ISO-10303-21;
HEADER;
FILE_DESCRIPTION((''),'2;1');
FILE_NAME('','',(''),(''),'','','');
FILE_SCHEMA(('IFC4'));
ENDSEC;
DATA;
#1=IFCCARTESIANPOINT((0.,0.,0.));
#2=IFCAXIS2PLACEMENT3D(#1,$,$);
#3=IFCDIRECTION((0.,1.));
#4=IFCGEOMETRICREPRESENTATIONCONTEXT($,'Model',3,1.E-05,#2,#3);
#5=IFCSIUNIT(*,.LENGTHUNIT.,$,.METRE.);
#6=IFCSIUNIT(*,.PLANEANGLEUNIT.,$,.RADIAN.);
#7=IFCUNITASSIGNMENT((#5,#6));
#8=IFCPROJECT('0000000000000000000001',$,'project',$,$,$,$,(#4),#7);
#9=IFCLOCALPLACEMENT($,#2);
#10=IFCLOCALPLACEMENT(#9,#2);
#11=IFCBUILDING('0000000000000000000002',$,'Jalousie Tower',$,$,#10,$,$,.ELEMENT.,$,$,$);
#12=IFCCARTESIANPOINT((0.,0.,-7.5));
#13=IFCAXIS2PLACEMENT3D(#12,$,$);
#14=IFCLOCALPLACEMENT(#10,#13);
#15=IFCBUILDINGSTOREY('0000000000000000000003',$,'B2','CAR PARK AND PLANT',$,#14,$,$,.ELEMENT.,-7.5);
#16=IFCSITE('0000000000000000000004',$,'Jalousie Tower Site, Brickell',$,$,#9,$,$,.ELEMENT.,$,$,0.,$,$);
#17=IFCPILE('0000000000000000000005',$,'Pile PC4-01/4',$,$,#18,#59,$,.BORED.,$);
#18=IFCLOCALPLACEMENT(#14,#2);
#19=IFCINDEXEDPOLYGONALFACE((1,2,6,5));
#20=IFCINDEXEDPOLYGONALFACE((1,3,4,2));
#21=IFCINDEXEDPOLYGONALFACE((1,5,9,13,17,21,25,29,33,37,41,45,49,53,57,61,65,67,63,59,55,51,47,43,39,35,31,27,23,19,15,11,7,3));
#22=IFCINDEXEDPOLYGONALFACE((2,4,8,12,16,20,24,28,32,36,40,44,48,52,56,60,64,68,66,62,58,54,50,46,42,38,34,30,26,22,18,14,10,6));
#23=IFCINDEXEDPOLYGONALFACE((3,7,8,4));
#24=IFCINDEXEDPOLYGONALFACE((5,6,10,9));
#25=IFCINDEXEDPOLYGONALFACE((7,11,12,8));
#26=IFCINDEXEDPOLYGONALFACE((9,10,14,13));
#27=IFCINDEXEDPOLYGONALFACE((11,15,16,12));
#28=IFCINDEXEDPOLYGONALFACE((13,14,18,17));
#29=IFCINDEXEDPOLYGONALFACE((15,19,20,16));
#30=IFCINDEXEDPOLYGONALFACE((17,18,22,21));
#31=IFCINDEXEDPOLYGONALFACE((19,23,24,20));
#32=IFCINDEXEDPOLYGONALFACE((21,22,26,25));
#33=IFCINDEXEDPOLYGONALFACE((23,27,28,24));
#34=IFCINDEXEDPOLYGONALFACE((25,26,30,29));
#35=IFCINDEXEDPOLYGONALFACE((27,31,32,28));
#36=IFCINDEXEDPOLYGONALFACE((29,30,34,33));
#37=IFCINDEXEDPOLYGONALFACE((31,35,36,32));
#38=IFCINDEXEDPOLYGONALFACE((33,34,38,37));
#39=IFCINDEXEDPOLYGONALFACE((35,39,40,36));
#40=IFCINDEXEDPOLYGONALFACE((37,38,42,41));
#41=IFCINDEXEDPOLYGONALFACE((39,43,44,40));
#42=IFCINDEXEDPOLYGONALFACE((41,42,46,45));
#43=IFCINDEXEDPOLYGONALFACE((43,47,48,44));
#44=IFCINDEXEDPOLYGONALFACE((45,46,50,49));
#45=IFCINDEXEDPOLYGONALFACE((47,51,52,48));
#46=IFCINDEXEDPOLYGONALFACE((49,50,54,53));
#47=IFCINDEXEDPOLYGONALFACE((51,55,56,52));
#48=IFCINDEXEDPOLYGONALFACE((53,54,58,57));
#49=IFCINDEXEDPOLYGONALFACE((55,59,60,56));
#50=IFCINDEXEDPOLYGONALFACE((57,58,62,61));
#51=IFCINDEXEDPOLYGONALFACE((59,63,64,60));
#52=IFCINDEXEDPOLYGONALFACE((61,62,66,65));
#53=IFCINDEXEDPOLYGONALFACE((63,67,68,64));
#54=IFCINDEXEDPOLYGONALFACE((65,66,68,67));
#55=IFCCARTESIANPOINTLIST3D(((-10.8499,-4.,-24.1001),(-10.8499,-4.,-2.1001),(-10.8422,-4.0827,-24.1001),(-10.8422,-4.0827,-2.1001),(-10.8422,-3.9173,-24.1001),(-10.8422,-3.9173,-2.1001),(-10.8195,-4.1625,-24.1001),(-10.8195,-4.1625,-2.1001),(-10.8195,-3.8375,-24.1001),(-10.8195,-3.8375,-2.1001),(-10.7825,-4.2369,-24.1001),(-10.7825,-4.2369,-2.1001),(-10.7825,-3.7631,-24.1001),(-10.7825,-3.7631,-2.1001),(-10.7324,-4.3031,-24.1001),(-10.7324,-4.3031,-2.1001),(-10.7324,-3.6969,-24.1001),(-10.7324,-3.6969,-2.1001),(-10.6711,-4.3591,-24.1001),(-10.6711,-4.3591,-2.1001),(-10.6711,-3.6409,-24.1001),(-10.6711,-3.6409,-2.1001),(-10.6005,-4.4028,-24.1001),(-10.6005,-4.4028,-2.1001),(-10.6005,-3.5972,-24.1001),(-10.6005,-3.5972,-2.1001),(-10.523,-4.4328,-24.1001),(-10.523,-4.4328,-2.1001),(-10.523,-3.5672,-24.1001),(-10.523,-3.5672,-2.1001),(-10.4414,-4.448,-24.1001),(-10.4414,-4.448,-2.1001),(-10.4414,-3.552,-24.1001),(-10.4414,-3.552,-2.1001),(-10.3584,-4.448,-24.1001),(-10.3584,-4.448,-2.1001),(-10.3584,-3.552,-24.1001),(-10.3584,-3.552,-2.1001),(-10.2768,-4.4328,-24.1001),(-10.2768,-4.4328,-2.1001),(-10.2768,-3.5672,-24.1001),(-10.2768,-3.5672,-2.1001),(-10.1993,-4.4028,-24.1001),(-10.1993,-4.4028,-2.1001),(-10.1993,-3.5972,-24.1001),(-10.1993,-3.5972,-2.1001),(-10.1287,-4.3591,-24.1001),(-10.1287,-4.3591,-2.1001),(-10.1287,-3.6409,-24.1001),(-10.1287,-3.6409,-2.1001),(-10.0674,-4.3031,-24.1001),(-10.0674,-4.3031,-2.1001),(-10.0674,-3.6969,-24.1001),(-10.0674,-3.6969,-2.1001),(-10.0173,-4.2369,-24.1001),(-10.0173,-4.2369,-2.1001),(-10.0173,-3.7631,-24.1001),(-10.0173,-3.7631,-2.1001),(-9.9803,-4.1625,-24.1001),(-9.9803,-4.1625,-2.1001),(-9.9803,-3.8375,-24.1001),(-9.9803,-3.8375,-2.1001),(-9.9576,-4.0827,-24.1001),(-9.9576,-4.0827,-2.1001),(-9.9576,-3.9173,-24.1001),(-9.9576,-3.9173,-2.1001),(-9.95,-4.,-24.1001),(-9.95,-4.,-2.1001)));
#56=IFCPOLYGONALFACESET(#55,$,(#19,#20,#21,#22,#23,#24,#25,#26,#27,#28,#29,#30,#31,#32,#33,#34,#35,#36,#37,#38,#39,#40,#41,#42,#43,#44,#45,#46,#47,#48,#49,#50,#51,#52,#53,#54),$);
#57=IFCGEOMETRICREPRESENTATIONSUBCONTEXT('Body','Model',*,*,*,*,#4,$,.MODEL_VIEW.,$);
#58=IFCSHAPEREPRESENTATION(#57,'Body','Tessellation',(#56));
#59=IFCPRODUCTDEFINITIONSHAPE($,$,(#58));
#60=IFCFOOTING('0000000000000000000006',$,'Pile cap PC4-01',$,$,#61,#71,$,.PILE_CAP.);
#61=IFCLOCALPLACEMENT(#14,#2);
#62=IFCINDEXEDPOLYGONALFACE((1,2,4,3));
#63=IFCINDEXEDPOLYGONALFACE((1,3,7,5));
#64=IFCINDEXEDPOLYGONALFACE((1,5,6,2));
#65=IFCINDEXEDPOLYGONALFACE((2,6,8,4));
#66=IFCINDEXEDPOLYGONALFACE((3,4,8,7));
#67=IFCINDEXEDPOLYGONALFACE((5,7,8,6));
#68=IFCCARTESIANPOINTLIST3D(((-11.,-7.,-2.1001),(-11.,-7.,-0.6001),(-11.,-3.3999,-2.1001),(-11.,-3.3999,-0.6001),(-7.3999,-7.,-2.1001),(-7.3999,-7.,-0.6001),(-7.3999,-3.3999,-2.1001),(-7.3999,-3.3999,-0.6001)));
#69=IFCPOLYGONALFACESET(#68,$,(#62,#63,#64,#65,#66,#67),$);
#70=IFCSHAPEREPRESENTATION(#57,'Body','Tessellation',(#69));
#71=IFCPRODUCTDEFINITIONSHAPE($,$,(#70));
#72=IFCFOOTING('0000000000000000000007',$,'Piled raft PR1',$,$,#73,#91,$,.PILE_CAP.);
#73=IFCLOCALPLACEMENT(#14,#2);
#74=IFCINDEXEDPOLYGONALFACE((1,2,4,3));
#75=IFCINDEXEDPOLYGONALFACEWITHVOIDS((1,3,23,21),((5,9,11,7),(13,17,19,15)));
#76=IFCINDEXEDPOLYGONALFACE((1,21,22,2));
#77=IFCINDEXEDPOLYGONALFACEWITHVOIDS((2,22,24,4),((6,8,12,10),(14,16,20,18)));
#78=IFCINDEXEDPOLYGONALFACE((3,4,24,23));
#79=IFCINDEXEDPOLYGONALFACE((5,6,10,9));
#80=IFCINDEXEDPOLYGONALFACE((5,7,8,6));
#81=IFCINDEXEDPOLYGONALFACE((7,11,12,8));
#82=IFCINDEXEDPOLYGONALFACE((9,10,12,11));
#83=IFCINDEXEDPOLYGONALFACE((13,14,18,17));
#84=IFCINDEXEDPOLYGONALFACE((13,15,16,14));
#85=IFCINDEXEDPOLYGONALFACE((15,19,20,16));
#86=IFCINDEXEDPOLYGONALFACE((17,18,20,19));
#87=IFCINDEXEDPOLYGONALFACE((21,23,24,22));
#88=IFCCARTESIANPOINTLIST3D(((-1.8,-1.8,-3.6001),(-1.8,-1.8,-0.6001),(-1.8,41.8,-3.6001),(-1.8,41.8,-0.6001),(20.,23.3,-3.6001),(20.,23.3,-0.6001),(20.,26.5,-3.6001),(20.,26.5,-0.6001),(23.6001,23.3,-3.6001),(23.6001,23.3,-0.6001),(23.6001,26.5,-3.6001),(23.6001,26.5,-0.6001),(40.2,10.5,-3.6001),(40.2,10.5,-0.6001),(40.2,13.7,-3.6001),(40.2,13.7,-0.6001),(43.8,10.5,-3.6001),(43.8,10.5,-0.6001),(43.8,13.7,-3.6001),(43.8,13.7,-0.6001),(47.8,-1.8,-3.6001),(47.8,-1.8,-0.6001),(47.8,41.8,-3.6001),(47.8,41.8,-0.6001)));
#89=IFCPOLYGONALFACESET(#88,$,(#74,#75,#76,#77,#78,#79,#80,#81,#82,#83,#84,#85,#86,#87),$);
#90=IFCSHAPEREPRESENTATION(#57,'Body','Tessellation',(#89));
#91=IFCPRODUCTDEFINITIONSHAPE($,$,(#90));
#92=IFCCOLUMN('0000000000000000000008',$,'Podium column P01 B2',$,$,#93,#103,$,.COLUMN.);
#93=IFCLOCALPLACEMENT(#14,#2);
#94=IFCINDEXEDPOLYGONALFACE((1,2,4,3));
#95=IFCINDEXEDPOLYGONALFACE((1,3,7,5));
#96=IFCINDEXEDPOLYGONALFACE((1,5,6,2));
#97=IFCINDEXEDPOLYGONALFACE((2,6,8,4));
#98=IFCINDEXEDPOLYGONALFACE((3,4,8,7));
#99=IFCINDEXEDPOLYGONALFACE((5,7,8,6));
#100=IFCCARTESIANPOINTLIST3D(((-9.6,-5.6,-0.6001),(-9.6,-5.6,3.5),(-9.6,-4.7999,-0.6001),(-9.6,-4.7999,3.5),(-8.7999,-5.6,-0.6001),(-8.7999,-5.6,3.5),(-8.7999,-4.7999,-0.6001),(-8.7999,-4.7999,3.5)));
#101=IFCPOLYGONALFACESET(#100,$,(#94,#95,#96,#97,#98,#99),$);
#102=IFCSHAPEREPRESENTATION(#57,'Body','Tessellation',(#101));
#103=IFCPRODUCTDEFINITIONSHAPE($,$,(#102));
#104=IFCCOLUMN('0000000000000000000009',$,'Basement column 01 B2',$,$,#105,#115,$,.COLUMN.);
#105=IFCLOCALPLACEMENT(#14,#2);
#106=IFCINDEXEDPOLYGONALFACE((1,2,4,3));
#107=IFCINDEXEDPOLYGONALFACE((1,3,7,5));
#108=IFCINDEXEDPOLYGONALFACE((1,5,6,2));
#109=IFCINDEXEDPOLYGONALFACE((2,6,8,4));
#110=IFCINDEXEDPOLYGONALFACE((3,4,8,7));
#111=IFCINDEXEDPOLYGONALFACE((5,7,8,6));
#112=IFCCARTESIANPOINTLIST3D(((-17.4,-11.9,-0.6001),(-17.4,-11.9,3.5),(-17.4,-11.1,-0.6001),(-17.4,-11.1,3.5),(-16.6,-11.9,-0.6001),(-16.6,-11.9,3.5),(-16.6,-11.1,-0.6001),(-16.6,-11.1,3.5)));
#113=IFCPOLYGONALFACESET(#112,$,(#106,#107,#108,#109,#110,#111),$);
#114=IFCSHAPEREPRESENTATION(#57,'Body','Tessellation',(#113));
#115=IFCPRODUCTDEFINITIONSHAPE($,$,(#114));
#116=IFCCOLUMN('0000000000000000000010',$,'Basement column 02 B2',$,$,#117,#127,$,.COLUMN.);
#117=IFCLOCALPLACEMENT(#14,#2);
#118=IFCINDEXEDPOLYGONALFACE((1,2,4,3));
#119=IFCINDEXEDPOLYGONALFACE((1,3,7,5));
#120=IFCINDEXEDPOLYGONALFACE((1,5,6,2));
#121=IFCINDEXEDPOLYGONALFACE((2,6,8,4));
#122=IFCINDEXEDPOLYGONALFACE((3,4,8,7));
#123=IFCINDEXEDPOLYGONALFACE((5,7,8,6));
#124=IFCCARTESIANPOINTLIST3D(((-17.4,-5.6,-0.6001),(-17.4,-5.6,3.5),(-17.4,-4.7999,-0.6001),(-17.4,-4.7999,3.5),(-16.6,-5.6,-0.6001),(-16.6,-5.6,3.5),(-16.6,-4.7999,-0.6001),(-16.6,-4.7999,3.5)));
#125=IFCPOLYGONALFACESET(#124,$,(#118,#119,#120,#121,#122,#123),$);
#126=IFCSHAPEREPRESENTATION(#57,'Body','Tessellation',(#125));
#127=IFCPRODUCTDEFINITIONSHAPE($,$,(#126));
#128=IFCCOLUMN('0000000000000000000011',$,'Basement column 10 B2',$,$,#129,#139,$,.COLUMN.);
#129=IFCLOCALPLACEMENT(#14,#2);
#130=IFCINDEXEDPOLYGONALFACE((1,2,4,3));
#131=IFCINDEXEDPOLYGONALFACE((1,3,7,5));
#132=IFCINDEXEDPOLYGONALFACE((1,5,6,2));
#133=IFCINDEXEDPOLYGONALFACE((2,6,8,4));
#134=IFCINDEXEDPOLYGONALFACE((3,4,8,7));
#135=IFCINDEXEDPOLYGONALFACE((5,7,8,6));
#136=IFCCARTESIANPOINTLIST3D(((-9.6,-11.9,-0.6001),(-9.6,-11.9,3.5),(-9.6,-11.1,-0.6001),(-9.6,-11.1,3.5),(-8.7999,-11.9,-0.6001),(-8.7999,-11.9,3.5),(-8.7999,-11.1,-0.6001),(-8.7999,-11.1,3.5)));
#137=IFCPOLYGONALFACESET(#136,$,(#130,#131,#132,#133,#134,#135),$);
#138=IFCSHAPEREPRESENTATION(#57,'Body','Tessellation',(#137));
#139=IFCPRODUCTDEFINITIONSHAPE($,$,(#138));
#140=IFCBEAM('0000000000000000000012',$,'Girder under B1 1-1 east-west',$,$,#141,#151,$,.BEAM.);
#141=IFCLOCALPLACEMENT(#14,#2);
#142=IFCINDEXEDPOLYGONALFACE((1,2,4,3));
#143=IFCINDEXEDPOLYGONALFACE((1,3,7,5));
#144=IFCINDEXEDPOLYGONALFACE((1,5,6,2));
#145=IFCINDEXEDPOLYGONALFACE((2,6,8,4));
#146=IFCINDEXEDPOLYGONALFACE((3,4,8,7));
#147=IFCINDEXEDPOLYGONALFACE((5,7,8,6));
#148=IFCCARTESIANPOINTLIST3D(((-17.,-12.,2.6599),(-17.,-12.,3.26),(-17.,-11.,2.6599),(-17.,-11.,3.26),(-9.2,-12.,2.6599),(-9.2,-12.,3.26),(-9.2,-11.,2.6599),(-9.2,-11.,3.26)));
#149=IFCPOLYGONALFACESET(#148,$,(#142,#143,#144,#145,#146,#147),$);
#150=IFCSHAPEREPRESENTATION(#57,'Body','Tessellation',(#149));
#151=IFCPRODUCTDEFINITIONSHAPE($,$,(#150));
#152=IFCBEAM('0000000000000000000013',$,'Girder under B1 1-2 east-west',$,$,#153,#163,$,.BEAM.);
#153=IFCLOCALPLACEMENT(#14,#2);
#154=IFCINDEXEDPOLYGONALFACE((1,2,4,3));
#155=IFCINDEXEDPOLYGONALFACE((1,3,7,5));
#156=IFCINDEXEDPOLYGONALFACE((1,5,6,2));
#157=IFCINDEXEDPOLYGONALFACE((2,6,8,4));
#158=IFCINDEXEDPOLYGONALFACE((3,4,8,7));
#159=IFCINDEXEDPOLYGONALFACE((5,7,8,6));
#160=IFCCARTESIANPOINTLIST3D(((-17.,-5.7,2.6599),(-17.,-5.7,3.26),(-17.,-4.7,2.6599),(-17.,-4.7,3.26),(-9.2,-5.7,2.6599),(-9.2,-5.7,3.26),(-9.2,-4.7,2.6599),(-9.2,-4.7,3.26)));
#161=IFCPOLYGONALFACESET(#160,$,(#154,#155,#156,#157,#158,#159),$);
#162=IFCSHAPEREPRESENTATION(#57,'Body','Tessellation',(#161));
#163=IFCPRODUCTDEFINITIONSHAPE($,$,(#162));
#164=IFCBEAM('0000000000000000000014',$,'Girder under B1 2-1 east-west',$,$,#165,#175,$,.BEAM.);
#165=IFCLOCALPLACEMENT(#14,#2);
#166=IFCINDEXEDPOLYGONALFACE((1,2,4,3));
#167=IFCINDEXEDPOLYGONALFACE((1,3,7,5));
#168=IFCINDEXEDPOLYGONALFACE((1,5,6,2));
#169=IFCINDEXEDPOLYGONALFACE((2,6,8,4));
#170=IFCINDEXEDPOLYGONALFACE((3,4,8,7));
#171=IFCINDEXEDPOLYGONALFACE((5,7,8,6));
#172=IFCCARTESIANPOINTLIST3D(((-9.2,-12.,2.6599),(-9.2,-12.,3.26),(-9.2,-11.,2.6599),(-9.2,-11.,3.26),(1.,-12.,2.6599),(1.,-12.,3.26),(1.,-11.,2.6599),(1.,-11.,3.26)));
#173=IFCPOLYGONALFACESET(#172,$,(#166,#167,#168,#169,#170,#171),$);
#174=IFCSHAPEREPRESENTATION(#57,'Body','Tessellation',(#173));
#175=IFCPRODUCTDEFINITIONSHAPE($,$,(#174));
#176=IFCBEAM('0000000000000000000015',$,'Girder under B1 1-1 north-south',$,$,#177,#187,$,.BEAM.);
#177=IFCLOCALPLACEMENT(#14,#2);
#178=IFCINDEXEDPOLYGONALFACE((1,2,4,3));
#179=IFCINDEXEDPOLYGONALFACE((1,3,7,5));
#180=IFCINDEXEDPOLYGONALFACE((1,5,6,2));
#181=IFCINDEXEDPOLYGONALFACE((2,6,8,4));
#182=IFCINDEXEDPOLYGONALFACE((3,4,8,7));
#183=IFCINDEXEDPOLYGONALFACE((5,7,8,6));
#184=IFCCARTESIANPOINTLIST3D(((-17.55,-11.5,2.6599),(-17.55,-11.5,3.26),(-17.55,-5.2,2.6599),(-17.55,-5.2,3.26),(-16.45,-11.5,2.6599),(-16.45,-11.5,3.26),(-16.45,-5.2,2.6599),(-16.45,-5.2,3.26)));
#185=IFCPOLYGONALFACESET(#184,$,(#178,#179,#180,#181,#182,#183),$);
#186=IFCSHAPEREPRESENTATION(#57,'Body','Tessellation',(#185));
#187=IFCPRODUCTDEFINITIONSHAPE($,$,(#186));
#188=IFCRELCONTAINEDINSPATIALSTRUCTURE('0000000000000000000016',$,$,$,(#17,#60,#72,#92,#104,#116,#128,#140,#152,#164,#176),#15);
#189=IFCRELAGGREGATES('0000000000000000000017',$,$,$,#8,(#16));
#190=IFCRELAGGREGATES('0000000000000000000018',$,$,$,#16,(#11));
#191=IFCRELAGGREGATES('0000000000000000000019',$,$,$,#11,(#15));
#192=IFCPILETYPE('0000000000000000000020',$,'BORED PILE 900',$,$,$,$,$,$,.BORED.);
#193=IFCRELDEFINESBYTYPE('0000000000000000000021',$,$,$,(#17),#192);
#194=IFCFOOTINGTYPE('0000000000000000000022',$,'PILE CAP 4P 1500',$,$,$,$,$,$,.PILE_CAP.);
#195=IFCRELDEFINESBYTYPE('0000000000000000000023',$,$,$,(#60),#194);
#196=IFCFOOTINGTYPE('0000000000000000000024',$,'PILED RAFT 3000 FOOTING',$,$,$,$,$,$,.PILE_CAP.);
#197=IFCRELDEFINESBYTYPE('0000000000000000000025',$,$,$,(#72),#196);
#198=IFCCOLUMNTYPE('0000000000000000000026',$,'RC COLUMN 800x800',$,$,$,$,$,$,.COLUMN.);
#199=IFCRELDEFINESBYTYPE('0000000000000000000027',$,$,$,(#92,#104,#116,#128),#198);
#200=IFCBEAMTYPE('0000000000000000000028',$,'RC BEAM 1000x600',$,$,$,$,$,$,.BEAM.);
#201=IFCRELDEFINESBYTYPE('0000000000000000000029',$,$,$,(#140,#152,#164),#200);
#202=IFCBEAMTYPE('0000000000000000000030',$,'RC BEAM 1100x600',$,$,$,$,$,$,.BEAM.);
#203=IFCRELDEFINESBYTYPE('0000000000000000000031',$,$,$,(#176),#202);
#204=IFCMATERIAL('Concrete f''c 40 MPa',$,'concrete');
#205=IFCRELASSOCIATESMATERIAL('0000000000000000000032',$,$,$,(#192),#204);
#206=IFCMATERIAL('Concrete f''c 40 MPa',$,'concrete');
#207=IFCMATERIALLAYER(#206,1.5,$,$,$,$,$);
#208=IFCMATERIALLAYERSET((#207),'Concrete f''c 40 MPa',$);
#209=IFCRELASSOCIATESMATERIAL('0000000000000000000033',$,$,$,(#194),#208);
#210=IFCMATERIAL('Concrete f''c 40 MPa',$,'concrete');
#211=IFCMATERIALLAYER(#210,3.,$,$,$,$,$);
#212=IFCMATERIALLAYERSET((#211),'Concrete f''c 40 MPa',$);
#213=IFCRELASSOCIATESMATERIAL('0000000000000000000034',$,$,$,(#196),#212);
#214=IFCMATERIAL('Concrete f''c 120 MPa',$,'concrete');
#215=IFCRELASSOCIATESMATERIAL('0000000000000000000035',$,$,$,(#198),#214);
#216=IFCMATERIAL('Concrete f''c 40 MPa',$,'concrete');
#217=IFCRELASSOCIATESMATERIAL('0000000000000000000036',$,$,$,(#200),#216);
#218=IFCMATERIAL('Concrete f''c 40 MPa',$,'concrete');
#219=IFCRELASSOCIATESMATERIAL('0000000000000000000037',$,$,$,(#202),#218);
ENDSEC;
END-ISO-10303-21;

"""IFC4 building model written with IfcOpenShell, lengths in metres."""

from ifc_helpers import new_model, si_unit, direction, frame, origin, origin_2d, place, context, subcontext, project, spatial, polyline, rectangle, circle, outline, extrude, material, layer, layer_set, material_profile, profile_set, type_object, element, save


model = new_model("IFC4")

# Units and contexts
model_context = context("Model", 3, precision=1e-05, world=origin(), true_north=direction((0.0, 1.0)))
body_context = subcontext(model_context, "Body", "Model", "MODEL_VIEW")
ifc_project = project(units=[si_unit("LENGTHUNIT", "METRE"), si_unit("PLANEANGLEUNIT", "RADIAN")], contexts=[model_context])

# Site, building, storey
site_placement = place(None, origin())
site = spatial("IfcSite", under=ifc_project, at=site_placement, Name="Jalousie Tower Site, Brickell", CompositionType="ELEMENT", RefElevation=0.0)
building_placement = place(site_placement, origin())
building = spatial("IfcBuilding", under=site, at=building_placement, Name="Jalousie Tower", CompositionType="ELEMENT")
storey_placement = place(building_placement, frame((0.0, 0.0, -7.5)))
storey = spatial("IfcBuildingStorey", under=building, at=storey_placement, Name="B2", Description="CAR PARK AND PLANT", CompositionType="ELEMENT", Elevation=-7.5)

# Pile
ifc_material_1 = material(Name="Concrete f'c 40 MPa", Category="concrete")
ifc_material_profile_1 = material_profile(ifc_material_1, circle(Radius=0.45, at=origin_2d()), Name="BORED PILE D900")
ifc_profile_set_1 = profile_set([ifc_material_profile_1], Name="Concrete f'c 40 MPa")
pile_type_1 = type_object("IfcPileType", Name="BORED PILE 900", PredefinedType="BORED", material=ifc_profile_set_1)
for number, where, z_axis, x_axis, name in (
    (1, (-10.3999, -4.0, -2.1001), (0.0, 0.0, -1.0), (1.0, 0.0, 0.0), "Pile PC4-01/4"),
):
    element("IfcPile", number, at=place(storey_placement, frame(where, z_axis=z_axis, x_axis=x_axis)), inside=storey, type_object=pile_type_1, Name=name, PredefinedType="BORED", context=body_context, shape_type="SweptSolid", body=[
        extrude(circle(Radius=0.45, at=origin_2d()), origin(), (0.0, 0.0, 1.0), 22.0),
    ])

# Footings
ifc_material_2 = material(Name="Concrete f'c 40 MPa", Category="concrete")
ifc_layer_1 = layer(ifc_material_2, 1.5)
ifc_layer_set_1 = layer_set([ifc_layer_1], Name="Concrete f'c 40 MPa")
footing_type_1 = type_object("IfcFootingType", Name="PILE CAP 4P 1500", PredefinedType="PILE_CAP", material=ifc_layer_set_1)
footing_1_placement = place(storey_placement, frame((0.0, 0.0, -2.1001)))
element("IfcFooting", 2, at=footing_1_placement, inside=storey, type_object=footing_type_1, Name="Pile cap PC4-01", PredefinedType="PILE_CAP", context=body_context, shape_type="SweptSolid", body=[
    extrude(outline(polyline([(-11.0, -7.0), (-7.3999, -7.0), (-7.3999, -3.3999), (-11.0, -3.3999), (-11.0, -7.0)])), origin(), (0.0, 0.0, 1.0), 1.5),
])
ifc_material_3 = material(Name="Concrete f'c 40 MPa", Category="concrete")
ifc_layer_2 = layer(ifc_material_3, 3.0)
ifc_layer_set_2 = layer_set([ifc_layer_2], Name="Concrete f'c 40 MPa")
footing_type_2 = type_object("IfcFootingType", Name="PILED RAFT 3000 FOOTING", PredefinedType="PILE_CAP", material=ifc_layer_set_2)
footing_2_placement = place(storey_placement, frame((0.0, 0.0, -3.6001)))
element("IfcFooting", 3, at=footing_2_placement, inside=storey, type_object=footing_type_2, Name="Piled raft PR1", PredefinedType="PILE_CAP", context=body_context, shape_type="SweptSolid", body=[
    extrude(outline(polyline([(-1.8, -1.8), (47.8, -1.8), (47.8, 41.8), (-1.8, 41.8), (-1.8, -1.8)]), holes=[polyline([(20.0, 23.3), (23.6001, 23.3), (23.6001, 26.5), (20.0, 26.5), (20.0, 23.3)]), polyline([(40.2, 10.5), (43.8, 10.5), (43.8, 13.7), (40.2, 13.7), (40.2, 10.5)])]), origin(), (0.0, 0.0, 1.0), 3.0),
])

# Columns
ifc_material_4 = material(Name="Concrete f'c 120 MPa", Category="concrete")
ifc_material_profile_2 = material_profile(ifc_material_4, rectangle(XDim=0.8, YDim=0.8, at=origin_2d()), Name="RC 800x800")
ifc_profile_set_2 = profile_set([ifc_material_profile_2], Name="Concrete f'c 120 MPa")
column_type = type_object("IfcColumnType", Name="RC COLUMN 800x800", PredefinedType="COLUMN", material=ifc_profile_set_2)
for number, where, z_axis, x_axis, name in (
    (4, (-9.2, -5.2, -0.6001), (0.0, 0.0, 1.0), (1.0, 0.0, 0.0), "Podium column P01 B2"),
    (5, (-17.0, -11.5, -0.6001), (0.0, 0.0, 1.0), (1.0, 0.0, 0.0), "Basement column 01 B2"),
    (6, (-17.0, -5.2, -0.6001), (0.0, 0.0, 1.0), (1.0, 0.0, 0.0), "Basement column 02 B2"),
    (7, (-9.2, -11.5, -0.6001), (0.0, 0.0, 1.0), (1.0, 0.0, 0.0), "Basement column 10 B2"),
):
    element("IfcColumn", number, at=place(storey_placement, frame(where, z_axis=z_axis, x_axis=x_axis)), inside=storey, type_object=column_type, Name=name, PredefinedType="COLUMN", context=body_context, shape_type="SweptSolid", body=[
        extrude(rectangle(XDim=0.8, YDim=0.8, at=origin_2d()), origin(), (0.0, 0.0, 1.0), 4.1001),
    ])

# Beams
ifc_material_5 = material(Name="Concrete f'c 40 MPa", Category="concrete")
ifc_material_profile_3 = material_profile(ifc_material_5, rectangle(XDim=1.0, YDim=0.6001, at=origin_2d()), Name="RC 1000x600")
ifc_profile_set_3 = profile_set([ifc_material_profile_3], Name="Concrete f'c 40 MPa")
beam_type_1 = type_object("IfcBeamType", Name="RC BEAM 1000x600", PredefinedType="BEAM", material=ifc_profile_set_3)
for number, where, z_axis, x_axis, name in (
    (8, (-17.0, -11.5, 2.96), (1.0, 0.0, 0.0), (0.0, 1.0, 0.0), "Girder under B1 1-1 east-west"),
    (9, (-17.0, -5.2, 2.96), (1.0, 0.0, 0.0), (0.0, 1.0, 0.0), "Girder under B1 1-2 east-west"),
):
    element("IfcBeam", number, at=place(storey_placement, frame(where, z_axis=z_axis, x_axis=x_axis)), inside=storey, type_object=beam_type_1, Name=name, PredefinedType="BEAM", context=body_context, shape_type="SweptSolid", body=[
        extrude(rectangle(XDim=1.0, YDim=0.6001, at=origin_2d()), origin(), (0.0, 0.0, 1.0), 7.8),
    ])
beam_1_placement = place(storey_placement, frame((-9.2, -11.5, 2.96), z_axis=(1.0, 0.0, 0.0), x_axis=(0.0, 1.0, 0.0)))
element("IfcBeam", 10, at=beam_1_placement, inside=storey, type_object=beam_type_1, Name="Girder under B1 2-1 east-west", PredefinedType="BEAM", context=body_context, shape_type="SweptSolid", body=[
    extrude(rectangle(XDim=1.0, YDim=0.6001, at=origin_2d()), origin(), (0.0, 0.0, 1.0), 10.2),
])
ifc_material_6 = material(Name="Concrete f'c 40 MPa", Category="concrete")
ifc_material_profile_4 = material_profile(ifc_material_6, rectangle(XDim=1.1001, YDim=0.6001, at=origin_2d()), Name="RC 1100x600")
ifc_profile_set_4 = profile_set([ifc_material_profile_4], Name="Concrete f'c 40 MPa")
beam_type_2 = type_object("IfcBeamType", Name="RC BEAM 1100x600", PredefinedType="BEAM", material=ifc_profile_set_4)
beam_2_placement = place(storey_placement, frame((-17.0, -11.5, 2.96), z_axis=(0.0, 1.0, 0.0), x_axis=(-1.0, 0.0, 0.0)))
element("IfcBeam", 11, at=beam_2_placement, inside=storey, type_object=beam_type_2, Name="Girder under B1 1-1 north-south", PredefinedType="BEAM", context=body_context, shape_type="SweptSolid", body=[
    extrude(rectangle(XDim=1.1001, YDim=0.6001, at=origin_2d()), origin(), (0.0, 0.0, 1.0), 6.3),
])

save(model, "model.ifc")
